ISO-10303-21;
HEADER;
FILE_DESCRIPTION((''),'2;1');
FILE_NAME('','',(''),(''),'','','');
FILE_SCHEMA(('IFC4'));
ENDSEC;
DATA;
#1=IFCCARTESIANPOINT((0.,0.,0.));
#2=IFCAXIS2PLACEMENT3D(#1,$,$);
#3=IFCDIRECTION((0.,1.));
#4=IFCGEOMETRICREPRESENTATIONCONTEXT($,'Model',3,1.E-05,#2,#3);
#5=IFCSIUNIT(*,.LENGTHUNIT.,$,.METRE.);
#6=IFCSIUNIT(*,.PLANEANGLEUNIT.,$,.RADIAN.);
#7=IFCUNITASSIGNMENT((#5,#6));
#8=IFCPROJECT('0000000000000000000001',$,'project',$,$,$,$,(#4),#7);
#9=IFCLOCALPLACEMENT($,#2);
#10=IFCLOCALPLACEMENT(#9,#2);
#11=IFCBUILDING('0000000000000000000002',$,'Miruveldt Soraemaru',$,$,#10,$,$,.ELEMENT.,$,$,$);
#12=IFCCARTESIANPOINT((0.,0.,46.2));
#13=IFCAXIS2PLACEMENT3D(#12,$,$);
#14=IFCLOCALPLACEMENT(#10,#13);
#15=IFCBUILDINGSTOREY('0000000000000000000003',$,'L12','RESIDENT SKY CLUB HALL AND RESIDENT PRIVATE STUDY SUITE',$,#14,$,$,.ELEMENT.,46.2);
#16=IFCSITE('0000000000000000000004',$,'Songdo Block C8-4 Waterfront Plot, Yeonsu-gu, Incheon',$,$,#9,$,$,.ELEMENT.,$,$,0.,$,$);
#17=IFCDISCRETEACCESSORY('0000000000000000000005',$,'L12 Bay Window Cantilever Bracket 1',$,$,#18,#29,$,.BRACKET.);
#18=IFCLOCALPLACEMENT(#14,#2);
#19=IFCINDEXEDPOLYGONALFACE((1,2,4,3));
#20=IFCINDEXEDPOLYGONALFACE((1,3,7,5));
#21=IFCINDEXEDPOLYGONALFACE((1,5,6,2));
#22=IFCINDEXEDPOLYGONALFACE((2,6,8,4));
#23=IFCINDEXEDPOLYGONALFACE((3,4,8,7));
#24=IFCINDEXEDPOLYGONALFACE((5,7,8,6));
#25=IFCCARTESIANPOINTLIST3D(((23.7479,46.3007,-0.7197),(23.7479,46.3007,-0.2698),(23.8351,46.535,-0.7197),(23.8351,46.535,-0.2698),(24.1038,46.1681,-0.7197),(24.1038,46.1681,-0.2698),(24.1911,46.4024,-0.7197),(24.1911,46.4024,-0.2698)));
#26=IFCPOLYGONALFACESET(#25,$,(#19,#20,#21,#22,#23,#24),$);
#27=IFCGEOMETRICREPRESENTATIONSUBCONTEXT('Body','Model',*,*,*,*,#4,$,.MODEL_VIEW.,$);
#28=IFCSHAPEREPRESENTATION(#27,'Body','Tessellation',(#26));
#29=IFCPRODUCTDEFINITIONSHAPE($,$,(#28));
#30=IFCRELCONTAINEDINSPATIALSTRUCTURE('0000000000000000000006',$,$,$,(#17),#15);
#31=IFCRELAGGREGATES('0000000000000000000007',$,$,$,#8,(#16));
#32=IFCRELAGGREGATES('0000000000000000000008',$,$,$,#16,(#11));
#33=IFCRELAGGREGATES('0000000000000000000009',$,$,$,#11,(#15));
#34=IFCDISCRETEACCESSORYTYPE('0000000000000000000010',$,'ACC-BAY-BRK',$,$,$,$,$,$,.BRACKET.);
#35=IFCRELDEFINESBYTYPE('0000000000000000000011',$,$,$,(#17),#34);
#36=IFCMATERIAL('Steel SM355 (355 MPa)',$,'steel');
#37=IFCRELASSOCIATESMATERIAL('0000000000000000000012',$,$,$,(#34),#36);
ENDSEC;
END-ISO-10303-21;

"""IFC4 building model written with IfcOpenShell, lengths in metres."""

from ifc_helpers import new_model, si_unit, direction, frame, origin, origin_2d, place, context, subcontext, project, spatial, rectangle, extrude, material, type_object, element, save


model = new_model("IFC4")

# Units and contexts
model_context = context("Model", 3, precision=1e-05, world=origin(), true_north=direction((0.0, 1.0)))
body_context = subcontext(model_context, "Body", "Model", "MODEL_VIEW")
ifc_project = project(units=[si_unit("LENGTHUNIT", "METRE"), si_unit("PLANEANGLEUNIT", "RADIAN")], contexts=[model_context])

# Site, building, storey
site_placement = place(None, origin())
site = spatial("IfcSite", under=ifc_project, at=site_placement, Name="Songdo Block C8-4 Waterfront Plot, Yeonsu-gu, Incheon", CompositionType="ELEMENT", RefElevation=0.0)
building_placement = place(site_placement, origin())
building = spatial("IfcBuilding", under=site, at=building_placement, Name="Miruveldt Soraemaru", CompositionType="ELEMENT")
storey_placement = place(building_placement, frame((0.0, 0.0, 46.2)))
storey = spatial("IfcBuildingStorey", under=building, at=storey_placement, Name="L12", Description="RESIDENT SKY CLUB HALL AND RESIDENT PRIVATE STUDY SUITE", CompositionType="ELEMENT", Elevation=46.2)

# Shared definitions
ifc_material_1 = material(Name="Steel SM355 (355 MPa)", Category="steel")

# Discrete accessory
discrete_accessory_type = type_object("IfcDiscreteAccessoryType", Name="ACC-BAY-BRK", PredefinedType="BRACKET", material=ifc_material_1)
discrete_accessory_placement = place(storey_placement, frame((23.9695, 46.3516, -0.7197), z_axis=(0.0, 0.0, 1.0), x_axis=(-0.937105, 0.349046, 0.0)))
element("IfcDiscreteAccessory", 1, at=discrete_accessory_placement, inside=storey, type_object=discrete_accessory_type, Name="L12 Bay Window Cantilever Bracket 1", PredefinedType="BRACKET", context=body_context, shape_type="SweptSolid", body=[
    extrude(rectangle(XDim=0.3799, YDim=0.25, at=origin_2d()), origin(), (0.0, 0.0, 1.0), 0.45),
])

save(model, "model.ifc")
